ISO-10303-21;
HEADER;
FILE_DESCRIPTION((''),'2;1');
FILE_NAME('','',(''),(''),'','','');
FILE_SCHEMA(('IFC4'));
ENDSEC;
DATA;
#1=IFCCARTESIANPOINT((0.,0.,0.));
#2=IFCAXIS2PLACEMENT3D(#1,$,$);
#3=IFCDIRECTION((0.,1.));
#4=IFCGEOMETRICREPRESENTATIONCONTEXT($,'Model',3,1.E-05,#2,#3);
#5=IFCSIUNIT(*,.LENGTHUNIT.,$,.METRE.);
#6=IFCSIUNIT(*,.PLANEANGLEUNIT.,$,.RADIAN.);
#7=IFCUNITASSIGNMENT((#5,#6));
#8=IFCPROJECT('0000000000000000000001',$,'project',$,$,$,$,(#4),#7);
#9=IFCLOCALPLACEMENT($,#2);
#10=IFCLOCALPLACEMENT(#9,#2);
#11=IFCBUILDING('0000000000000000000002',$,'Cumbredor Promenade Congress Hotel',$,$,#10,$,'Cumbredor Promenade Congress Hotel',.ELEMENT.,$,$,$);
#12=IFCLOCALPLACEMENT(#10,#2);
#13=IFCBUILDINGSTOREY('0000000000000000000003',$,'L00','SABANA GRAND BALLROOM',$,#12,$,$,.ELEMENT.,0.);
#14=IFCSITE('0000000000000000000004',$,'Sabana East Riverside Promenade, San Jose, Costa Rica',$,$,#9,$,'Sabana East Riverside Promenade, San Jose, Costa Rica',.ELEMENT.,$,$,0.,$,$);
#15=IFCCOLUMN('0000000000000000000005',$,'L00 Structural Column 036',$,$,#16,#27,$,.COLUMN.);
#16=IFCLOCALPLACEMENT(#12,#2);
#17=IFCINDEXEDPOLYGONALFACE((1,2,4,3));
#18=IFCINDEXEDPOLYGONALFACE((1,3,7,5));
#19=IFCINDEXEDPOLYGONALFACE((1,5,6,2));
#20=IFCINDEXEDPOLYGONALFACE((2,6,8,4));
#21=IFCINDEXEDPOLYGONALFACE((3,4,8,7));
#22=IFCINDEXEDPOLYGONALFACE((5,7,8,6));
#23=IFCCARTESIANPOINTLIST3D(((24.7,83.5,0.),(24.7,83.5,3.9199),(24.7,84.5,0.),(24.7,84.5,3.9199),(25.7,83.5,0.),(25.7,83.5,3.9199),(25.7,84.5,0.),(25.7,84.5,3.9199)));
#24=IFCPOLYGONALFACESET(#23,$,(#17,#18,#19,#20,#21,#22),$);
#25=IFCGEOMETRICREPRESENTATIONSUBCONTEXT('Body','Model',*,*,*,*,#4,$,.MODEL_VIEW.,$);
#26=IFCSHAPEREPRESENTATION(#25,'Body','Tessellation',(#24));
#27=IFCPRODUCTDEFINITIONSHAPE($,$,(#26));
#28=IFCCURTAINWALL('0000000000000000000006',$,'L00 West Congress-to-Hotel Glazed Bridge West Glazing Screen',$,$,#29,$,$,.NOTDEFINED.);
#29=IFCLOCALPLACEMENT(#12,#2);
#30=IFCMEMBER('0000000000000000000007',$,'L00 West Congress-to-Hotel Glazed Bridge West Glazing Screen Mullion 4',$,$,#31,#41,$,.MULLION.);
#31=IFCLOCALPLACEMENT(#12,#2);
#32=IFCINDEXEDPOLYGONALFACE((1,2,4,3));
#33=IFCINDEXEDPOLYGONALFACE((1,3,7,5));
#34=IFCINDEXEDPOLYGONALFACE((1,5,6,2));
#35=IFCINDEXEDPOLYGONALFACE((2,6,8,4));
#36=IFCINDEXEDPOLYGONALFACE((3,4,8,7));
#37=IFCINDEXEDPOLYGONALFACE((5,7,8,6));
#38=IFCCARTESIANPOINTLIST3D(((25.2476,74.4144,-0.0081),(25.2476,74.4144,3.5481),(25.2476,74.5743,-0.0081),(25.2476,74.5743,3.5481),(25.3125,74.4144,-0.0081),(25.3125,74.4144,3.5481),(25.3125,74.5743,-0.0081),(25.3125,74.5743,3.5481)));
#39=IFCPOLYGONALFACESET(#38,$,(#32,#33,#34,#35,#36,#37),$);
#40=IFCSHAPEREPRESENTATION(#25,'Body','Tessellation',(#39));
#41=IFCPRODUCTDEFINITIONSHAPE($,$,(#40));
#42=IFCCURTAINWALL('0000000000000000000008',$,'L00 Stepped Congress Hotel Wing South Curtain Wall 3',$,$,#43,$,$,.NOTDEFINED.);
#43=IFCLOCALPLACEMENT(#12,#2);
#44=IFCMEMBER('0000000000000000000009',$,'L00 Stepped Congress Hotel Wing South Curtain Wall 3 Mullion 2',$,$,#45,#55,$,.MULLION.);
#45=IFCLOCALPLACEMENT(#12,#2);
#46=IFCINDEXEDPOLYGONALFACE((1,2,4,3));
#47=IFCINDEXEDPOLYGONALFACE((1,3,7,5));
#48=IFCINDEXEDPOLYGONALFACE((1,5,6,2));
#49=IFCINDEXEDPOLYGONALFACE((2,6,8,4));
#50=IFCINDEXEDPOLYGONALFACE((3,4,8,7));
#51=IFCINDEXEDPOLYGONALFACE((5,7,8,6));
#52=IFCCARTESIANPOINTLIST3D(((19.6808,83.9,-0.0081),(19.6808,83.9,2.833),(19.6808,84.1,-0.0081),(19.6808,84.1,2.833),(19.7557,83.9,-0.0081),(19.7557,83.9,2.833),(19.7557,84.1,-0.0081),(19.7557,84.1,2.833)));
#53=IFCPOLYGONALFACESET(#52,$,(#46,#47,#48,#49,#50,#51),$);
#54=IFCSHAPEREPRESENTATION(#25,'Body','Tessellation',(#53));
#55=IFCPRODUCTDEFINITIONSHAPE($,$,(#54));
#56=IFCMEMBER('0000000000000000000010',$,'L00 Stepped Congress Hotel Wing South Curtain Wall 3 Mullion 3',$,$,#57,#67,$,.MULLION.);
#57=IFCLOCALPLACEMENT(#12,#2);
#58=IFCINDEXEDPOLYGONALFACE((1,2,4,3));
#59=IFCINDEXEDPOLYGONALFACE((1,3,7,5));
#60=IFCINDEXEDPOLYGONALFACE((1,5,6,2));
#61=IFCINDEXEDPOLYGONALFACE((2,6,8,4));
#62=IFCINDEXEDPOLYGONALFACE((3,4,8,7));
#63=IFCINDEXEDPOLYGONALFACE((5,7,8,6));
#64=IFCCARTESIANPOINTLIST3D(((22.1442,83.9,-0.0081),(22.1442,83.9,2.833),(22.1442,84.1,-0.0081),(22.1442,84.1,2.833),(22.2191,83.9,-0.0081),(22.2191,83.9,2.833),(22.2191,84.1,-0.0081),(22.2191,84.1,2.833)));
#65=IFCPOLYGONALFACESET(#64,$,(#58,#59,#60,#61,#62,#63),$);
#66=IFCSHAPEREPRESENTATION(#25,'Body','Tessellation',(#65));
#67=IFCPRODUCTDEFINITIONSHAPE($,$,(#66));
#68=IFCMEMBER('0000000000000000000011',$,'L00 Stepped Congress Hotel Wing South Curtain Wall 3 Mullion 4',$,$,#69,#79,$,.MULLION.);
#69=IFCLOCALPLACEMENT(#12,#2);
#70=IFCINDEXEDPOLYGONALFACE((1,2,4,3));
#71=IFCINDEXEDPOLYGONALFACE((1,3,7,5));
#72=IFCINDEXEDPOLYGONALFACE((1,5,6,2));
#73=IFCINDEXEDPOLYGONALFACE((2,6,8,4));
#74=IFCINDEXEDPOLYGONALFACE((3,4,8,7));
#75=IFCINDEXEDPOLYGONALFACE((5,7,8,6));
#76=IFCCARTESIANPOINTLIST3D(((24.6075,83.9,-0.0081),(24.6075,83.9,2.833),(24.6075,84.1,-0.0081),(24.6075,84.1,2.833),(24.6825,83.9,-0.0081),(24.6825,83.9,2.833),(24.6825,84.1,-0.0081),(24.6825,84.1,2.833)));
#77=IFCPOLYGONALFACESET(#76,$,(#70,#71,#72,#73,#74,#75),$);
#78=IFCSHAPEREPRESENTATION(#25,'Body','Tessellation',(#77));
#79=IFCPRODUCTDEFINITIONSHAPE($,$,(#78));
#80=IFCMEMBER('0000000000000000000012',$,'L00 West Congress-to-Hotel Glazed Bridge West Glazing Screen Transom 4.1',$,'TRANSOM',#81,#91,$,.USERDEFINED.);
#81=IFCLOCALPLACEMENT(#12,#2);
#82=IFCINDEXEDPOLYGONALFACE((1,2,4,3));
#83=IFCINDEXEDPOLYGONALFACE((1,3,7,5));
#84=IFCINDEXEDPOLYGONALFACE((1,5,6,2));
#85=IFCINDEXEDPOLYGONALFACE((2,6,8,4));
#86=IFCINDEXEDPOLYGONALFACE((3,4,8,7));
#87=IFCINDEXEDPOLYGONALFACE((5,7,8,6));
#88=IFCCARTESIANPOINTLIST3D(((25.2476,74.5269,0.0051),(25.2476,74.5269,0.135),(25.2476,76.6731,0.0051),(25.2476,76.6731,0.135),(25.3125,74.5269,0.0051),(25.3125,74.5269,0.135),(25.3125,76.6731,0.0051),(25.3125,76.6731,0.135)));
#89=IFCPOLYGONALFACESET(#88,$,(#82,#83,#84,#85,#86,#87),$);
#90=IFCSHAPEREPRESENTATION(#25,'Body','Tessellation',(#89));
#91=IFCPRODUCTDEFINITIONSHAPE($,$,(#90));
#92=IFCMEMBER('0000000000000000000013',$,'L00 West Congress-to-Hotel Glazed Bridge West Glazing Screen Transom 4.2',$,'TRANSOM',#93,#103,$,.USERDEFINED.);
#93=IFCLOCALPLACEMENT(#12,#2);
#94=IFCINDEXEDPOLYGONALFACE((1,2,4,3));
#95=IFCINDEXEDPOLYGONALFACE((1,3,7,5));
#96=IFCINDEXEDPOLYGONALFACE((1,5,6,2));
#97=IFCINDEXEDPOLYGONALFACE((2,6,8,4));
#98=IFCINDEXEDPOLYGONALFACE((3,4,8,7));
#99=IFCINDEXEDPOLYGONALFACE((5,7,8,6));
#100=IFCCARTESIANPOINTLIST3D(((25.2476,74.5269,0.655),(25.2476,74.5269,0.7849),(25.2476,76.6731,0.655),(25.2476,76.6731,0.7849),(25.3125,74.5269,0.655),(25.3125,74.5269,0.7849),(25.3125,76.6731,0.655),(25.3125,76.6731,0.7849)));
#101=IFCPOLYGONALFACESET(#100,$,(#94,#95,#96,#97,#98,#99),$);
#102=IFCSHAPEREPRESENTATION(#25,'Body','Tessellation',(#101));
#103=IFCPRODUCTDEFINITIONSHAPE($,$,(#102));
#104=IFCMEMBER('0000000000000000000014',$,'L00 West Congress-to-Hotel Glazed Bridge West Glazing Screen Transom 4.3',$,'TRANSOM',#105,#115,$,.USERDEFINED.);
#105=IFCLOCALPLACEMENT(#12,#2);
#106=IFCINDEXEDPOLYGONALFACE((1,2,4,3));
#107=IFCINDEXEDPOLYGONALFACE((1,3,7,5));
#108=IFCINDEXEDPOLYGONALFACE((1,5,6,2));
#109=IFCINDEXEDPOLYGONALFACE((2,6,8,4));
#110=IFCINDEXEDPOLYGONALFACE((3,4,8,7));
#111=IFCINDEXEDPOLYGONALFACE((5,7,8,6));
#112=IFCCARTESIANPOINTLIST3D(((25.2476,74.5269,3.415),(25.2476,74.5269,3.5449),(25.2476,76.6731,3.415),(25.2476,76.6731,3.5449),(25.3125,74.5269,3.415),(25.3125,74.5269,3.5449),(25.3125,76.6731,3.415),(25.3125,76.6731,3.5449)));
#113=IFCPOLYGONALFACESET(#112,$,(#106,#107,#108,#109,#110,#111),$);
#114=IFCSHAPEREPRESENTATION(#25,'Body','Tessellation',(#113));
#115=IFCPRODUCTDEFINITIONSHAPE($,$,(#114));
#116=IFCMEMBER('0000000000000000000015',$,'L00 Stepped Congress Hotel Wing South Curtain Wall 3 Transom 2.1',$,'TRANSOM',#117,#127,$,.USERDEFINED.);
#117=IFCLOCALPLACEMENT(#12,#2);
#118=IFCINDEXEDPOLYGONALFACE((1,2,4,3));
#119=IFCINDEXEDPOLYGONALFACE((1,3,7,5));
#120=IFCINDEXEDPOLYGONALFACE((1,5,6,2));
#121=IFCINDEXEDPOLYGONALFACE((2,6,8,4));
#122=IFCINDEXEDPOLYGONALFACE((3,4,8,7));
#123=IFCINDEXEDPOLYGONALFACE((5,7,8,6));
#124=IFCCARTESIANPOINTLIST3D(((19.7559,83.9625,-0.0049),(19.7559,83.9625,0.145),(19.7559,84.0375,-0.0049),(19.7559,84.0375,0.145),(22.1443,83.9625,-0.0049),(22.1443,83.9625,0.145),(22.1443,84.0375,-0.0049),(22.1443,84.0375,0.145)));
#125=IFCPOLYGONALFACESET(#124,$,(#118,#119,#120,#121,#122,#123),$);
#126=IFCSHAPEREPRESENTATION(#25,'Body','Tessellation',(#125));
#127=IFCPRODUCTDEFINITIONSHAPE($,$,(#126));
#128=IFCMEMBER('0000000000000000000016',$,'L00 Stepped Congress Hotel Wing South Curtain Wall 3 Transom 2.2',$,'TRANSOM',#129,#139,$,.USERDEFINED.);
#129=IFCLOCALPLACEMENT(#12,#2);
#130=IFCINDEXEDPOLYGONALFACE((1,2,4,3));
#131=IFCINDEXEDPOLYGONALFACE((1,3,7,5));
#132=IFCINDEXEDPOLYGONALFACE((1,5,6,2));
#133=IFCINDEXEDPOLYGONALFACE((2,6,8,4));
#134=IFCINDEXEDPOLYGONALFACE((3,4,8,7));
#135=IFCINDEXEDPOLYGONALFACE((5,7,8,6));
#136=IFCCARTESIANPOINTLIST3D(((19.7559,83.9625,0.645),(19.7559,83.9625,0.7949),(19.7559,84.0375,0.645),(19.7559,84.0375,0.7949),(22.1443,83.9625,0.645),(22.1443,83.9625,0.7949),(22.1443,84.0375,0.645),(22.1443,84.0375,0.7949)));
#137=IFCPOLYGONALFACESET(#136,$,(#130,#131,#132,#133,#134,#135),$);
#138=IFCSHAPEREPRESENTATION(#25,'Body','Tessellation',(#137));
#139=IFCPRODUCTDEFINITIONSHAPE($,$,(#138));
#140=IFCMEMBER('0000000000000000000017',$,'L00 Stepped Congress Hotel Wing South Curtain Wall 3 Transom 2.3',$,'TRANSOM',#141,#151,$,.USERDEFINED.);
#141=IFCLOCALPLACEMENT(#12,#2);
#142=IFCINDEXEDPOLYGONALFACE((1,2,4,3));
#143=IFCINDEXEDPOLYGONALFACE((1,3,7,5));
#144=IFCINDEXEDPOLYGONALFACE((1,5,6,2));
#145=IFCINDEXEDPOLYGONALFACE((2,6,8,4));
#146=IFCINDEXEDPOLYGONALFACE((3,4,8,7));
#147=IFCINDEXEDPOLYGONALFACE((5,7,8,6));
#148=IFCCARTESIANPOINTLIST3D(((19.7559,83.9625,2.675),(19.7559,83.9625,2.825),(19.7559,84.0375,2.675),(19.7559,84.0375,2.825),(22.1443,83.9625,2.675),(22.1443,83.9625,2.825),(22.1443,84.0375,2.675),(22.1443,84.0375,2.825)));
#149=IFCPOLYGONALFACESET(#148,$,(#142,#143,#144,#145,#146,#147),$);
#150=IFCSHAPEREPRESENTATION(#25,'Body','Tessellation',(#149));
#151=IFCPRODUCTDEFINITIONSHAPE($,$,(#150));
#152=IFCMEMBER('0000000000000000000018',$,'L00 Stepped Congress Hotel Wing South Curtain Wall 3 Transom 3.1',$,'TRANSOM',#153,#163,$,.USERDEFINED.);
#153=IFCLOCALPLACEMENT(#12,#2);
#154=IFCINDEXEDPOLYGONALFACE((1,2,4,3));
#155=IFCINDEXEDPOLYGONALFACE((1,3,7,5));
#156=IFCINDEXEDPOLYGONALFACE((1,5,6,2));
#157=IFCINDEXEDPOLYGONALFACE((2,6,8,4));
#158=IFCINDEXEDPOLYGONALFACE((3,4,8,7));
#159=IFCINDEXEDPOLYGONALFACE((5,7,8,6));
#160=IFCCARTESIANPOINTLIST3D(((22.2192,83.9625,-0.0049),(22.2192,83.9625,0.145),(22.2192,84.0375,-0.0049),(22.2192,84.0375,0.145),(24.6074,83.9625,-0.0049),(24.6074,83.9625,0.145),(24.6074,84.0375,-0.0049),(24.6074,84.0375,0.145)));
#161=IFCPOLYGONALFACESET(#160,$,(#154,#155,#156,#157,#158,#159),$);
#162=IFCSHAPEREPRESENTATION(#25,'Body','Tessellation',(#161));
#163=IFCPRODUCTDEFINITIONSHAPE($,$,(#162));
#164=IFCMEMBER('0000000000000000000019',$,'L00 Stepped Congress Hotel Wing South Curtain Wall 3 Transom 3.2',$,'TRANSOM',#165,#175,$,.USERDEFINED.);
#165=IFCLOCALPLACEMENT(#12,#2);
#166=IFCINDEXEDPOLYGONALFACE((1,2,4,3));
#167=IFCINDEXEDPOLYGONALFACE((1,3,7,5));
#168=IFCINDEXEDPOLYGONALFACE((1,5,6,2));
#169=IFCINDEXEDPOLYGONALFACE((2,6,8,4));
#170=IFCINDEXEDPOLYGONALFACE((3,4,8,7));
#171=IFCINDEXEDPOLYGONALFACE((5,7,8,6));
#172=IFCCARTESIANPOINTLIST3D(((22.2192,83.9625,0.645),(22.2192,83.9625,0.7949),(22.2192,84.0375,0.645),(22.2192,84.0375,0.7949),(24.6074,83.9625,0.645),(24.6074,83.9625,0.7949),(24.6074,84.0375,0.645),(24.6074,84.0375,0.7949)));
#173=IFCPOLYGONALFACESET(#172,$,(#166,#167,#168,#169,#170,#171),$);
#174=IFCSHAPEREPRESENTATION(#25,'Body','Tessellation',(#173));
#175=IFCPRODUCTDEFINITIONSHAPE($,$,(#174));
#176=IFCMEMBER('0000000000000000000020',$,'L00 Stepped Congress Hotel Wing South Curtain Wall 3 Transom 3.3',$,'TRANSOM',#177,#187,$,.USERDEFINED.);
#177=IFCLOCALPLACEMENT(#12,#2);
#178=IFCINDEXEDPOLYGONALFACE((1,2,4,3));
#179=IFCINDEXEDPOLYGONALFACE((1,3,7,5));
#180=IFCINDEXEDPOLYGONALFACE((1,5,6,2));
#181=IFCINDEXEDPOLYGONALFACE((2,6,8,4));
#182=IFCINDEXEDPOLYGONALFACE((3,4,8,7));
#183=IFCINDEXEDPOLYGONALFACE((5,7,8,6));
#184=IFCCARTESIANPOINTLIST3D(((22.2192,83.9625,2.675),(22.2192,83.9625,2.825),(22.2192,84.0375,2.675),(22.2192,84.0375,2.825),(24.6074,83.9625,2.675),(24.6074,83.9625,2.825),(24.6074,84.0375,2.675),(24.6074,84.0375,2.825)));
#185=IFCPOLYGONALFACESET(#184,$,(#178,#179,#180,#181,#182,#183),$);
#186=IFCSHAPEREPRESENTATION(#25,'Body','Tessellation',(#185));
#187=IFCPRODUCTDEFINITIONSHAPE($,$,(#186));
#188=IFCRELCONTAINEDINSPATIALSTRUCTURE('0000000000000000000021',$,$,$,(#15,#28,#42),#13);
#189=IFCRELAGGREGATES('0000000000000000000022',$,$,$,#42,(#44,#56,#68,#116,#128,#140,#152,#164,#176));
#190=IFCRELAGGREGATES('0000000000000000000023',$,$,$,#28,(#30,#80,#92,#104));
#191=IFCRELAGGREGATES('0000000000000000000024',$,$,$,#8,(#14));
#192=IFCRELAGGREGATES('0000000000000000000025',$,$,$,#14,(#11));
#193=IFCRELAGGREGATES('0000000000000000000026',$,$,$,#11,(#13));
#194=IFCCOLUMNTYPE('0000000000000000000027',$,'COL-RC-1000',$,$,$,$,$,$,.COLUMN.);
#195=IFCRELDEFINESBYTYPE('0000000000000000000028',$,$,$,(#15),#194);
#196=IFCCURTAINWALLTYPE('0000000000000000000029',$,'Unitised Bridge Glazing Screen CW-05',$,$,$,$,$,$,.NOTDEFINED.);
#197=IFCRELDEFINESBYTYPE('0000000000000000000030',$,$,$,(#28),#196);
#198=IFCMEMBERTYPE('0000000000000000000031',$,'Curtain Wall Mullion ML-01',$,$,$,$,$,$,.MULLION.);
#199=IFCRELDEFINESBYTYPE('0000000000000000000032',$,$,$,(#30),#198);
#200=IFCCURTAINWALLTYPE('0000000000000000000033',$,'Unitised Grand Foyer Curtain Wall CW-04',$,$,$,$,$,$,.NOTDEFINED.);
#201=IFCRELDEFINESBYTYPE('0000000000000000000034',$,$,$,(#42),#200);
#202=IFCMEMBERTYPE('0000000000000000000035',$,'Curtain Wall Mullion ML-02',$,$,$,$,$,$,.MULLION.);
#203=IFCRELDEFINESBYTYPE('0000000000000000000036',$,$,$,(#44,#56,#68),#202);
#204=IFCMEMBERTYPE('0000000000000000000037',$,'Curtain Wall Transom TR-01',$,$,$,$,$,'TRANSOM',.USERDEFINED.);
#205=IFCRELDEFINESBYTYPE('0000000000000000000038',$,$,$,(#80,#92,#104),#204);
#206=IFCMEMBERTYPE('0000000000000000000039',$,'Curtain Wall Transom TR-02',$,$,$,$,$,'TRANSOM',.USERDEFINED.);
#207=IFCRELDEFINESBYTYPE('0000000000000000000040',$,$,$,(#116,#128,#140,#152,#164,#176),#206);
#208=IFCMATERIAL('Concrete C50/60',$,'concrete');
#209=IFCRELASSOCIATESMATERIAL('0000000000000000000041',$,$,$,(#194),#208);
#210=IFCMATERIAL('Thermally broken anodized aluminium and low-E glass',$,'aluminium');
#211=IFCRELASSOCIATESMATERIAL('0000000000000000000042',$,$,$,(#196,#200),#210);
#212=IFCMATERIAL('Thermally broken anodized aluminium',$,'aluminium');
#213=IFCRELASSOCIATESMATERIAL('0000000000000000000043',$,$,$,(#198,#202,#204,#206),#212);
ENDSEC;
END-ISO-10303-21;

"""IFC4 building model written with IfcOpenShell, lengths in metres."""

from ifc_helpers import new_model, si_unit, direction, frame, origin, origin_2d, place, context, subcontext, project, spatial, rectangle, extrude, material, material_profile, profile_set, type_object, element, aggregate, save


model = new_model("IFC4")

# Units and contexts
model_context = context("Model", 3, precision=1e-05, world=origin(), true_north=direction((0.0, 1.0)))
body_context = subcontext(model_context, "Body", "Model", "MODEL_VIEW")
ifc_project = project(units=[si_unit("LENGTHUNIT", "METRE"), si_unit("PLANEANGLEUNIT", "RADIAN")], contexts=[model_context])

# Site, building, storey
site_placement = place(None, origin())
site = spatial("IfcSite", under=ifc_project, at=site_placement, Name="Sabana East Riverside Promenade, San Jose, Costa Rica", LongName="Sabana East Riverside Promenade, San Jose, Costa Rica", CompositionType="ELEMENT", RefElevation=0.0)
building_placement = place(site_placement, origin())
building = spatial("IfcBuilding", under=site, at=building_placement, Name="Cumbredor Promenade Congress Hotel", LongName="Cumbredor Promenade Congress Hotel", CompositionType="ELEMENT")
storey_placement = place(building_placement, origin())
storey = spatial("IfcBuildingStorey", under=building, at=storey_placement, Name="L00", Description="SABANA GRAND BALLROOM", CompositionType="ELEMENT", Elevation=0.0)

# Column
ifc_material_1 = material(Name="Concrete C50/60", Category="concrete")
ifc_material_profile_1 = material_profile(ifc_material_1, rectangle(XDim=1.0, YDim=1.0, at=origin_2d()), Name="RC 1000x1000")
ifc_profile_set_1 = profile_set([ifc_material_profile_1], Name="Concrete C50/60")
column_type = type_object("IfcColumnType", Name="COL-RC-1000", PredefinedType="COLUMN", material=ifc_profile_set_1)
column_placement = place(storey_placement, frame((25.2, 84.0, 0.0), z_axis=(0.0, 0.0, 1.0), x_axis=(1.0, 0.0, 0.0)))
element("IfcColumn", 1, at=column_placement, inside=storey, type_object=column_type, Name="L00 Structural Column 036", PredefinedType="COLUMN", context=body_context, shape_type="SweptSolid", body=[
    extrude(rectangle(XDim=1.0, YDim=1.0, at=origin_2d()), origin(), (0.0, 0.0, 1.0), 3.9199),
])

# Curtain wall, member
ifc_material_2 = material(Name="Thermally broken anodized aluminium and low-E glass", Category="aluminium")
curtain_wall_type_1 = type_object("IfcCurtainWallType", Name="Unitised Bridge Glazing Screen CW-05", PredefinedType="NOTDEFINED", material=ifc_material_2)
curtain_wall_1_placement = place(storey_placement, origin())
curtain_wall_1 = element("IfcCurtainWall", 2, at=curtain_wall_1_placement, inside=storey, type_object=curtain_wall_type_1, Name="L00 West Congress-to-Hotel Glazed Bridge West Glazing Screen", PredefinedType="NOTDEFINED")
ifc_material_3 = material(Name="Thermally broken anodized aluminium", Category="aluminium")
ifc_material_profile_2 = material_profile(ifc_material_3, rectangle(XDim=0.0649, YDim=0.1599, at=origin_2d()), Name="ALU MULLION 65x160")
ifc_profile_set_2 = profile_set([ifc_material_profile_2], Name="Thermally broken anodized aluminium")
member_type_1 = type_object("IfcMemberType", Name="Curtain Wall Mullion ML-01", PredefinedType="MULLION", material=ifc_profile_set_2)
member_1_placement = place(storey_placement, frame((25.28, 74.4944, -0.0081), z_axis=(0.0, 0.0, 1.0), x_axis=(1.0, 0.0, 0.0)))
member_1 = element("IfcMember", 3, at=member_1_placement, type_object=member_type_1, Name="L00 West Congress-to-Hotel Glazed Bridge West Glazing Screen Mullion 4", PredefinedType="MULLION", context=body_context, shape_type="SweptSolid", body=[
    extrude(rectangle(XDim=0.0649, YDim=0.1599, at=origin_2d()), origin(), (0.0, 0.0, 1.0), 3.5562),
])

# Curtain wall, members
curtain_wall_type_2 = type_object("IfcCurtainWallType", Name="Unitised Grand Foyer Curtain Wall CW-04", PredefinedType="NOTDEFINED", material=ifc_material_2)
curtain_wall_2_placement = place(storey_placement, origin())
curtain_wall_2 = element("IfcCurtainWall", 4, at=curtain_wall_2_placement, inside=storey, type_object=curtain_wall_type_2, Name="L00 Stepped Congress Hotel Wing South Curtain Wall 3", PredefinedType="NOTDEFINED")
ifc_material_profile_3 = material_profile(ifc_material_3, rectangle(XDim=0.075, YDim=0.2, at=origin_2d()), Name="ALU MULLION 75x200")
ifc_profile_set_3 = profile_set([ifc_material_profile_3], Name="Thermally broken anodized aluminium")
member_type_2 = type_object("IfcMemberType", Name="Curtain Wall Mullion ML-02", PredefinedType="MULLION", material=ifc_profile_set_3)
member_2_placement = place(storey_placement, frame((19.7183, 84.0, -0.0081), z_axis=(0.0, 0.0, 1.0), x_axis=(1.0, 0.0, 0.0)))
member_2 = element("IfcMember", 5, at=member_2_placement, type_object=member_type_2, Name="L00 Stepped Congress Hotel Wing South Curtain Wall 3 Mullion 2", PredefinedType="MULLION", context=body_context, shape_type="SweptSolid", body=[
    extrude(rectangle(XDim=0.075, YDim=0.2, at=origin_2d()), origin(), (0.0, 0.0, 1.0), 2.8411),
])
member_3_placement = place(storey_placement, frame((22.1816, 84.0, -0.0081), z_axis=(0.0, 0.0, 1.0), x_axis=(1.0, 0.0, 0.0)))
member_3 = element("IfcMember", 6, at=member_3_placement, type_object=member_type_2, Name="L00 Stepped Congress Hotel Wing South Curtain Wall 3 Mullion 3", PredefinedType="MULLION", context=body_context, shape_type="SweptSolid", body=[
    extrude(rectangle(XDim=0.075, YDim=0.2, at=origin_2d()), origin(), (0.0, 0.0, 1.0), 2.8411),
])
member_4_placement = place(storey_placement, frame((24.645, 84.0, -0.0081), z_axis=(0.0, 0.0, 1.0), x_axis=(1.0, 0.0, 0.0)))
member_4 = element("IfcMember", 7, at=member_4_placement, type_object=member_type_2, Name="L00 Stepped Congress Hotel Wing South Curtain Wall 3 Mullion 4", PredefinedType="MULLION", context=body_context, shape_type="SweptSolid", body=[
    extrude(rectangle(XDim=0.075, YDim=0.2, at=origin_2d()), origin(), (0.0, 0.0, 1.0), 2.8411),
])

# Members
ifc_material_profile_4 = material_profile(ifc_material_3, rectangle(XDim=0.0649, YDim=0.1299, at=origin_2d()), Name="ALU TRANSOM 65x130")
ifc_profile_set_4 = profile_set([ifc_material_profile_4], Name="Thermally broken anodized aluminium")
member_type_3 = type_object("IfcMemberType", Name="Curtain Wall Transom TR-01", ElementType="TRANSOM", PredefinedType="USERDEFINED", material=ifc_profile_set_4)
member_5_placement = place(storey_placement, frame((25.28, 74.5269, 0.0701), z_axis=(0.0, 1.0, 0.0), x_axis=(-1.0, 0.0, 0.0)))
member_5 = element("IfcMember", 8, at=member_5_placement, type_object=member_type_3, Name="L00 West Congress-to-Hotel Glazed Bridge West Glazing Screen Transom 4.1", ObjectType="TRANSOM", PredefinedType="USERDEFINED", context=body_context, shape_type="SweptSolid", body=[
    extrude(rectangle(XDim=0.0649, YDim=0.1299, at=origin_2d()), origin(), (0.0, 0.0, 1.0), 2.1462),
])
member_6_placement = place(storey_placement, frame((25.28, 74.5269, 0.72), z_axis=(0.0, 1.0, 0.0), x_axis=(-1.0, 0.0, 0.0)))
member_6 = element("IfcMember", 9, at=member_6_placement, type_object=member_type_3, Name="L00 West Congress-to-Hotel Glazed Bridge West Glazing Screen Transom 4.2", ObjectType="TRANSOM", PredefinedType="USERDEFINED", context=body_context, shape_type="SweptSolid", body=[
    extrude(rectangle(XDim=0.0649, YDim=0.1299, at=origin_2d()), origin(), (0.0, 0.0, 1.0), 2.1462),
])
member_7_placement = place(storey_placement, frame((25.28, 74.5269, 3.48), z_axis=(0.0, 1.0, 0.0), x_axis=(-1.0, 0.0, 0.0)))
member_7 = element("IfcMember", 10, at=member_7_placement, type_object=member_type_3, Name="L00 West Congress-to-Hotel Glazed Bridge West Glazing Screen Transom 4.3", ObjectType="TRANSOM", PredefinedType="USERDEFINED", context=body_context, shape_type="SweptSolid", body=[
    extrude(rectangle(XDim=0.0649, YDim=0.1299, at=origin_2d()), origin(), (0.0, 0.0, 1.0), 2.1462),
])
ifc_material_profile_5 = material_profile(ifc_material_3, rectangle(XDim=0.075, YDim=0.1499, at=origin_2d()), Name="ALU TRANSOM 75x150")
ifc_profile_set_5 = profile_set([ifc_material_profile_5], Name="Thermally broken anodized aluminium")
member_type_4 = type_object("IfcMemberType", Name="Curtain Wall Transom TR-02", ElementType="TRANSOM", PredefinedType="USERDEFINED", material=ifc_profile_set_5)
member_8_placement = place(storey_placement, frame((19.7559, 84.0, 0.0701), z_axis=(1.0, 0.0, 0.0), x_axis=(0.0, 1.0, 0.0)))
member_8 = element("IfcMember", 11, at=member_8_placement, type_object=member_type_4, Name="L00 Stepped Congress Hotel Wing South Curtain Wall 3 Transom 2.1", ObjectType="TRANSOM", PredefinedType="USERDEFINED", context=body_context, shape_type="SweptSolid", body=[
    extrude(rectangle(XDim=0.075, YDim=0.1499, at=origin_2d()), origin(), (0.0, 0.0, 1.0), 2.3884),
])
member_9_placement = place(storey_placement, frame((19.7559, 84.0, 0.72), z_axis=(1.0, 0.0, 0.0), x_axis=(0.0, 1.0, 0.0)))
member_9 = element("IfcMember", 12, at=member_9_placement, type_object=member_type_4, Name="L00 Stepped Congress Hotel Wing South Curtain Wall 3 Transom 2.2", ObjectType="TRANSOM", PredefinedType="USERDEFINED", context=body_context, shape_type="SweptSolid", body=[
    extrude(rectangle(XDim=0.075, YDim=0.1499, at=origin_2d()), origin(), (0.0, 0.0, 1.0), 2.3884),
])
member_10_placement = place(storey_placement, frame((19.7559, 84.0, 2.75), z_axis=(1.0, 0.0, 0.0), x_axis=(0.0, 1.0, 0.0)))
member_10 = element("IfcMember", 13, at=member_10_placement, type_object=member_type_4, Name="L00 Stepped Congress Hotel Wing South Curtain Wall 3 Transom 2.3", ObjectType="TRANSOM", PredefinedType="USERDEFINED", context=body_context, shape_type="SweptSolid", body=[
    extrude(rectangle(XDim=0.075, YDim=0.1499, at=origin_2d()), origin(), (0.0, 0.0, 1.0), 2.3884),
])
member_11_placement = place(storey_placement, frame((22.2192, 84.0, 0.0701), z_axis=(1.0, 0.0, 0.0), x_axis=(0.0, 1.0, 0.0)))
member_11 = element("IfcMember", 14, at=member_11_placement, type_object=member_type_4, Name="L00 Stepped Congress Hotel Wing South Curtain Wall 3 Transom 3.1", ObjectType="TRANSOM", PredefinedType="USERDEFINED", context=body_context, shape_type="SweptSolid", body=[
    extrude(rectangle(XDim=0.075, YDim=0.1499, at=origin_2d()), origin(), (0.0, 0.0, 1.0), 2.3882),
])
member_12_placement = place(storey_placement, frame((22.2192, 84.0, 0.72), z_axis=(1.0, 0.0, 0.0), x_axis=(0.0, 1.0, 0.0)))
member_12 = element("IfcMember", 15, at=member_12_placement, type_object=member_type_4, Name="L00 Stepped Congress Hotel Wing South Curtain Wall 3 Transom 3.2", ObjectType="TRANSOM", PredefinedType="USERDEFINED", context=body_context, shape_type="SweptSolid", body=[
    extrude(rectangle(XDim=0.075, YDim=0.1499, at=origin_2d()), origin(), (0.0, 0.0, 1.0), 2.3882),
])
member_13_placement = place(storey_placement, frame((22.2192, 84.0, 2.75), z_axis=(1.0, 0.0, 0.0), x_axis=(0.0, 1.0, 0.0)))
member_13 = element("IfcMember", 16, at=member_13_placement, type_object=member_type_4, Name="L00 Stepped Congress Hotel Wing South Curtain Wall 3 Transom 3.3", ObjectType="TRANSOM", PredefinedType="USERDEFINED", context=body_context, shape_type="SweptSolid", body=[
    extrude(rectangle(XDim=0.075, YDim=0.1499, at=origin_2d()), origin(), (0.0, 0.0, 1.0), 2.3882),
])

aggregate(curtain_wall_2, [member_2, member_3, member_4, member_8, member_9, member_10, member_11, member_12, member_13])
aggregate(curtain_wall_1, [member_1, member_5, member_6, member_7])

save(model, "model.ifc")
